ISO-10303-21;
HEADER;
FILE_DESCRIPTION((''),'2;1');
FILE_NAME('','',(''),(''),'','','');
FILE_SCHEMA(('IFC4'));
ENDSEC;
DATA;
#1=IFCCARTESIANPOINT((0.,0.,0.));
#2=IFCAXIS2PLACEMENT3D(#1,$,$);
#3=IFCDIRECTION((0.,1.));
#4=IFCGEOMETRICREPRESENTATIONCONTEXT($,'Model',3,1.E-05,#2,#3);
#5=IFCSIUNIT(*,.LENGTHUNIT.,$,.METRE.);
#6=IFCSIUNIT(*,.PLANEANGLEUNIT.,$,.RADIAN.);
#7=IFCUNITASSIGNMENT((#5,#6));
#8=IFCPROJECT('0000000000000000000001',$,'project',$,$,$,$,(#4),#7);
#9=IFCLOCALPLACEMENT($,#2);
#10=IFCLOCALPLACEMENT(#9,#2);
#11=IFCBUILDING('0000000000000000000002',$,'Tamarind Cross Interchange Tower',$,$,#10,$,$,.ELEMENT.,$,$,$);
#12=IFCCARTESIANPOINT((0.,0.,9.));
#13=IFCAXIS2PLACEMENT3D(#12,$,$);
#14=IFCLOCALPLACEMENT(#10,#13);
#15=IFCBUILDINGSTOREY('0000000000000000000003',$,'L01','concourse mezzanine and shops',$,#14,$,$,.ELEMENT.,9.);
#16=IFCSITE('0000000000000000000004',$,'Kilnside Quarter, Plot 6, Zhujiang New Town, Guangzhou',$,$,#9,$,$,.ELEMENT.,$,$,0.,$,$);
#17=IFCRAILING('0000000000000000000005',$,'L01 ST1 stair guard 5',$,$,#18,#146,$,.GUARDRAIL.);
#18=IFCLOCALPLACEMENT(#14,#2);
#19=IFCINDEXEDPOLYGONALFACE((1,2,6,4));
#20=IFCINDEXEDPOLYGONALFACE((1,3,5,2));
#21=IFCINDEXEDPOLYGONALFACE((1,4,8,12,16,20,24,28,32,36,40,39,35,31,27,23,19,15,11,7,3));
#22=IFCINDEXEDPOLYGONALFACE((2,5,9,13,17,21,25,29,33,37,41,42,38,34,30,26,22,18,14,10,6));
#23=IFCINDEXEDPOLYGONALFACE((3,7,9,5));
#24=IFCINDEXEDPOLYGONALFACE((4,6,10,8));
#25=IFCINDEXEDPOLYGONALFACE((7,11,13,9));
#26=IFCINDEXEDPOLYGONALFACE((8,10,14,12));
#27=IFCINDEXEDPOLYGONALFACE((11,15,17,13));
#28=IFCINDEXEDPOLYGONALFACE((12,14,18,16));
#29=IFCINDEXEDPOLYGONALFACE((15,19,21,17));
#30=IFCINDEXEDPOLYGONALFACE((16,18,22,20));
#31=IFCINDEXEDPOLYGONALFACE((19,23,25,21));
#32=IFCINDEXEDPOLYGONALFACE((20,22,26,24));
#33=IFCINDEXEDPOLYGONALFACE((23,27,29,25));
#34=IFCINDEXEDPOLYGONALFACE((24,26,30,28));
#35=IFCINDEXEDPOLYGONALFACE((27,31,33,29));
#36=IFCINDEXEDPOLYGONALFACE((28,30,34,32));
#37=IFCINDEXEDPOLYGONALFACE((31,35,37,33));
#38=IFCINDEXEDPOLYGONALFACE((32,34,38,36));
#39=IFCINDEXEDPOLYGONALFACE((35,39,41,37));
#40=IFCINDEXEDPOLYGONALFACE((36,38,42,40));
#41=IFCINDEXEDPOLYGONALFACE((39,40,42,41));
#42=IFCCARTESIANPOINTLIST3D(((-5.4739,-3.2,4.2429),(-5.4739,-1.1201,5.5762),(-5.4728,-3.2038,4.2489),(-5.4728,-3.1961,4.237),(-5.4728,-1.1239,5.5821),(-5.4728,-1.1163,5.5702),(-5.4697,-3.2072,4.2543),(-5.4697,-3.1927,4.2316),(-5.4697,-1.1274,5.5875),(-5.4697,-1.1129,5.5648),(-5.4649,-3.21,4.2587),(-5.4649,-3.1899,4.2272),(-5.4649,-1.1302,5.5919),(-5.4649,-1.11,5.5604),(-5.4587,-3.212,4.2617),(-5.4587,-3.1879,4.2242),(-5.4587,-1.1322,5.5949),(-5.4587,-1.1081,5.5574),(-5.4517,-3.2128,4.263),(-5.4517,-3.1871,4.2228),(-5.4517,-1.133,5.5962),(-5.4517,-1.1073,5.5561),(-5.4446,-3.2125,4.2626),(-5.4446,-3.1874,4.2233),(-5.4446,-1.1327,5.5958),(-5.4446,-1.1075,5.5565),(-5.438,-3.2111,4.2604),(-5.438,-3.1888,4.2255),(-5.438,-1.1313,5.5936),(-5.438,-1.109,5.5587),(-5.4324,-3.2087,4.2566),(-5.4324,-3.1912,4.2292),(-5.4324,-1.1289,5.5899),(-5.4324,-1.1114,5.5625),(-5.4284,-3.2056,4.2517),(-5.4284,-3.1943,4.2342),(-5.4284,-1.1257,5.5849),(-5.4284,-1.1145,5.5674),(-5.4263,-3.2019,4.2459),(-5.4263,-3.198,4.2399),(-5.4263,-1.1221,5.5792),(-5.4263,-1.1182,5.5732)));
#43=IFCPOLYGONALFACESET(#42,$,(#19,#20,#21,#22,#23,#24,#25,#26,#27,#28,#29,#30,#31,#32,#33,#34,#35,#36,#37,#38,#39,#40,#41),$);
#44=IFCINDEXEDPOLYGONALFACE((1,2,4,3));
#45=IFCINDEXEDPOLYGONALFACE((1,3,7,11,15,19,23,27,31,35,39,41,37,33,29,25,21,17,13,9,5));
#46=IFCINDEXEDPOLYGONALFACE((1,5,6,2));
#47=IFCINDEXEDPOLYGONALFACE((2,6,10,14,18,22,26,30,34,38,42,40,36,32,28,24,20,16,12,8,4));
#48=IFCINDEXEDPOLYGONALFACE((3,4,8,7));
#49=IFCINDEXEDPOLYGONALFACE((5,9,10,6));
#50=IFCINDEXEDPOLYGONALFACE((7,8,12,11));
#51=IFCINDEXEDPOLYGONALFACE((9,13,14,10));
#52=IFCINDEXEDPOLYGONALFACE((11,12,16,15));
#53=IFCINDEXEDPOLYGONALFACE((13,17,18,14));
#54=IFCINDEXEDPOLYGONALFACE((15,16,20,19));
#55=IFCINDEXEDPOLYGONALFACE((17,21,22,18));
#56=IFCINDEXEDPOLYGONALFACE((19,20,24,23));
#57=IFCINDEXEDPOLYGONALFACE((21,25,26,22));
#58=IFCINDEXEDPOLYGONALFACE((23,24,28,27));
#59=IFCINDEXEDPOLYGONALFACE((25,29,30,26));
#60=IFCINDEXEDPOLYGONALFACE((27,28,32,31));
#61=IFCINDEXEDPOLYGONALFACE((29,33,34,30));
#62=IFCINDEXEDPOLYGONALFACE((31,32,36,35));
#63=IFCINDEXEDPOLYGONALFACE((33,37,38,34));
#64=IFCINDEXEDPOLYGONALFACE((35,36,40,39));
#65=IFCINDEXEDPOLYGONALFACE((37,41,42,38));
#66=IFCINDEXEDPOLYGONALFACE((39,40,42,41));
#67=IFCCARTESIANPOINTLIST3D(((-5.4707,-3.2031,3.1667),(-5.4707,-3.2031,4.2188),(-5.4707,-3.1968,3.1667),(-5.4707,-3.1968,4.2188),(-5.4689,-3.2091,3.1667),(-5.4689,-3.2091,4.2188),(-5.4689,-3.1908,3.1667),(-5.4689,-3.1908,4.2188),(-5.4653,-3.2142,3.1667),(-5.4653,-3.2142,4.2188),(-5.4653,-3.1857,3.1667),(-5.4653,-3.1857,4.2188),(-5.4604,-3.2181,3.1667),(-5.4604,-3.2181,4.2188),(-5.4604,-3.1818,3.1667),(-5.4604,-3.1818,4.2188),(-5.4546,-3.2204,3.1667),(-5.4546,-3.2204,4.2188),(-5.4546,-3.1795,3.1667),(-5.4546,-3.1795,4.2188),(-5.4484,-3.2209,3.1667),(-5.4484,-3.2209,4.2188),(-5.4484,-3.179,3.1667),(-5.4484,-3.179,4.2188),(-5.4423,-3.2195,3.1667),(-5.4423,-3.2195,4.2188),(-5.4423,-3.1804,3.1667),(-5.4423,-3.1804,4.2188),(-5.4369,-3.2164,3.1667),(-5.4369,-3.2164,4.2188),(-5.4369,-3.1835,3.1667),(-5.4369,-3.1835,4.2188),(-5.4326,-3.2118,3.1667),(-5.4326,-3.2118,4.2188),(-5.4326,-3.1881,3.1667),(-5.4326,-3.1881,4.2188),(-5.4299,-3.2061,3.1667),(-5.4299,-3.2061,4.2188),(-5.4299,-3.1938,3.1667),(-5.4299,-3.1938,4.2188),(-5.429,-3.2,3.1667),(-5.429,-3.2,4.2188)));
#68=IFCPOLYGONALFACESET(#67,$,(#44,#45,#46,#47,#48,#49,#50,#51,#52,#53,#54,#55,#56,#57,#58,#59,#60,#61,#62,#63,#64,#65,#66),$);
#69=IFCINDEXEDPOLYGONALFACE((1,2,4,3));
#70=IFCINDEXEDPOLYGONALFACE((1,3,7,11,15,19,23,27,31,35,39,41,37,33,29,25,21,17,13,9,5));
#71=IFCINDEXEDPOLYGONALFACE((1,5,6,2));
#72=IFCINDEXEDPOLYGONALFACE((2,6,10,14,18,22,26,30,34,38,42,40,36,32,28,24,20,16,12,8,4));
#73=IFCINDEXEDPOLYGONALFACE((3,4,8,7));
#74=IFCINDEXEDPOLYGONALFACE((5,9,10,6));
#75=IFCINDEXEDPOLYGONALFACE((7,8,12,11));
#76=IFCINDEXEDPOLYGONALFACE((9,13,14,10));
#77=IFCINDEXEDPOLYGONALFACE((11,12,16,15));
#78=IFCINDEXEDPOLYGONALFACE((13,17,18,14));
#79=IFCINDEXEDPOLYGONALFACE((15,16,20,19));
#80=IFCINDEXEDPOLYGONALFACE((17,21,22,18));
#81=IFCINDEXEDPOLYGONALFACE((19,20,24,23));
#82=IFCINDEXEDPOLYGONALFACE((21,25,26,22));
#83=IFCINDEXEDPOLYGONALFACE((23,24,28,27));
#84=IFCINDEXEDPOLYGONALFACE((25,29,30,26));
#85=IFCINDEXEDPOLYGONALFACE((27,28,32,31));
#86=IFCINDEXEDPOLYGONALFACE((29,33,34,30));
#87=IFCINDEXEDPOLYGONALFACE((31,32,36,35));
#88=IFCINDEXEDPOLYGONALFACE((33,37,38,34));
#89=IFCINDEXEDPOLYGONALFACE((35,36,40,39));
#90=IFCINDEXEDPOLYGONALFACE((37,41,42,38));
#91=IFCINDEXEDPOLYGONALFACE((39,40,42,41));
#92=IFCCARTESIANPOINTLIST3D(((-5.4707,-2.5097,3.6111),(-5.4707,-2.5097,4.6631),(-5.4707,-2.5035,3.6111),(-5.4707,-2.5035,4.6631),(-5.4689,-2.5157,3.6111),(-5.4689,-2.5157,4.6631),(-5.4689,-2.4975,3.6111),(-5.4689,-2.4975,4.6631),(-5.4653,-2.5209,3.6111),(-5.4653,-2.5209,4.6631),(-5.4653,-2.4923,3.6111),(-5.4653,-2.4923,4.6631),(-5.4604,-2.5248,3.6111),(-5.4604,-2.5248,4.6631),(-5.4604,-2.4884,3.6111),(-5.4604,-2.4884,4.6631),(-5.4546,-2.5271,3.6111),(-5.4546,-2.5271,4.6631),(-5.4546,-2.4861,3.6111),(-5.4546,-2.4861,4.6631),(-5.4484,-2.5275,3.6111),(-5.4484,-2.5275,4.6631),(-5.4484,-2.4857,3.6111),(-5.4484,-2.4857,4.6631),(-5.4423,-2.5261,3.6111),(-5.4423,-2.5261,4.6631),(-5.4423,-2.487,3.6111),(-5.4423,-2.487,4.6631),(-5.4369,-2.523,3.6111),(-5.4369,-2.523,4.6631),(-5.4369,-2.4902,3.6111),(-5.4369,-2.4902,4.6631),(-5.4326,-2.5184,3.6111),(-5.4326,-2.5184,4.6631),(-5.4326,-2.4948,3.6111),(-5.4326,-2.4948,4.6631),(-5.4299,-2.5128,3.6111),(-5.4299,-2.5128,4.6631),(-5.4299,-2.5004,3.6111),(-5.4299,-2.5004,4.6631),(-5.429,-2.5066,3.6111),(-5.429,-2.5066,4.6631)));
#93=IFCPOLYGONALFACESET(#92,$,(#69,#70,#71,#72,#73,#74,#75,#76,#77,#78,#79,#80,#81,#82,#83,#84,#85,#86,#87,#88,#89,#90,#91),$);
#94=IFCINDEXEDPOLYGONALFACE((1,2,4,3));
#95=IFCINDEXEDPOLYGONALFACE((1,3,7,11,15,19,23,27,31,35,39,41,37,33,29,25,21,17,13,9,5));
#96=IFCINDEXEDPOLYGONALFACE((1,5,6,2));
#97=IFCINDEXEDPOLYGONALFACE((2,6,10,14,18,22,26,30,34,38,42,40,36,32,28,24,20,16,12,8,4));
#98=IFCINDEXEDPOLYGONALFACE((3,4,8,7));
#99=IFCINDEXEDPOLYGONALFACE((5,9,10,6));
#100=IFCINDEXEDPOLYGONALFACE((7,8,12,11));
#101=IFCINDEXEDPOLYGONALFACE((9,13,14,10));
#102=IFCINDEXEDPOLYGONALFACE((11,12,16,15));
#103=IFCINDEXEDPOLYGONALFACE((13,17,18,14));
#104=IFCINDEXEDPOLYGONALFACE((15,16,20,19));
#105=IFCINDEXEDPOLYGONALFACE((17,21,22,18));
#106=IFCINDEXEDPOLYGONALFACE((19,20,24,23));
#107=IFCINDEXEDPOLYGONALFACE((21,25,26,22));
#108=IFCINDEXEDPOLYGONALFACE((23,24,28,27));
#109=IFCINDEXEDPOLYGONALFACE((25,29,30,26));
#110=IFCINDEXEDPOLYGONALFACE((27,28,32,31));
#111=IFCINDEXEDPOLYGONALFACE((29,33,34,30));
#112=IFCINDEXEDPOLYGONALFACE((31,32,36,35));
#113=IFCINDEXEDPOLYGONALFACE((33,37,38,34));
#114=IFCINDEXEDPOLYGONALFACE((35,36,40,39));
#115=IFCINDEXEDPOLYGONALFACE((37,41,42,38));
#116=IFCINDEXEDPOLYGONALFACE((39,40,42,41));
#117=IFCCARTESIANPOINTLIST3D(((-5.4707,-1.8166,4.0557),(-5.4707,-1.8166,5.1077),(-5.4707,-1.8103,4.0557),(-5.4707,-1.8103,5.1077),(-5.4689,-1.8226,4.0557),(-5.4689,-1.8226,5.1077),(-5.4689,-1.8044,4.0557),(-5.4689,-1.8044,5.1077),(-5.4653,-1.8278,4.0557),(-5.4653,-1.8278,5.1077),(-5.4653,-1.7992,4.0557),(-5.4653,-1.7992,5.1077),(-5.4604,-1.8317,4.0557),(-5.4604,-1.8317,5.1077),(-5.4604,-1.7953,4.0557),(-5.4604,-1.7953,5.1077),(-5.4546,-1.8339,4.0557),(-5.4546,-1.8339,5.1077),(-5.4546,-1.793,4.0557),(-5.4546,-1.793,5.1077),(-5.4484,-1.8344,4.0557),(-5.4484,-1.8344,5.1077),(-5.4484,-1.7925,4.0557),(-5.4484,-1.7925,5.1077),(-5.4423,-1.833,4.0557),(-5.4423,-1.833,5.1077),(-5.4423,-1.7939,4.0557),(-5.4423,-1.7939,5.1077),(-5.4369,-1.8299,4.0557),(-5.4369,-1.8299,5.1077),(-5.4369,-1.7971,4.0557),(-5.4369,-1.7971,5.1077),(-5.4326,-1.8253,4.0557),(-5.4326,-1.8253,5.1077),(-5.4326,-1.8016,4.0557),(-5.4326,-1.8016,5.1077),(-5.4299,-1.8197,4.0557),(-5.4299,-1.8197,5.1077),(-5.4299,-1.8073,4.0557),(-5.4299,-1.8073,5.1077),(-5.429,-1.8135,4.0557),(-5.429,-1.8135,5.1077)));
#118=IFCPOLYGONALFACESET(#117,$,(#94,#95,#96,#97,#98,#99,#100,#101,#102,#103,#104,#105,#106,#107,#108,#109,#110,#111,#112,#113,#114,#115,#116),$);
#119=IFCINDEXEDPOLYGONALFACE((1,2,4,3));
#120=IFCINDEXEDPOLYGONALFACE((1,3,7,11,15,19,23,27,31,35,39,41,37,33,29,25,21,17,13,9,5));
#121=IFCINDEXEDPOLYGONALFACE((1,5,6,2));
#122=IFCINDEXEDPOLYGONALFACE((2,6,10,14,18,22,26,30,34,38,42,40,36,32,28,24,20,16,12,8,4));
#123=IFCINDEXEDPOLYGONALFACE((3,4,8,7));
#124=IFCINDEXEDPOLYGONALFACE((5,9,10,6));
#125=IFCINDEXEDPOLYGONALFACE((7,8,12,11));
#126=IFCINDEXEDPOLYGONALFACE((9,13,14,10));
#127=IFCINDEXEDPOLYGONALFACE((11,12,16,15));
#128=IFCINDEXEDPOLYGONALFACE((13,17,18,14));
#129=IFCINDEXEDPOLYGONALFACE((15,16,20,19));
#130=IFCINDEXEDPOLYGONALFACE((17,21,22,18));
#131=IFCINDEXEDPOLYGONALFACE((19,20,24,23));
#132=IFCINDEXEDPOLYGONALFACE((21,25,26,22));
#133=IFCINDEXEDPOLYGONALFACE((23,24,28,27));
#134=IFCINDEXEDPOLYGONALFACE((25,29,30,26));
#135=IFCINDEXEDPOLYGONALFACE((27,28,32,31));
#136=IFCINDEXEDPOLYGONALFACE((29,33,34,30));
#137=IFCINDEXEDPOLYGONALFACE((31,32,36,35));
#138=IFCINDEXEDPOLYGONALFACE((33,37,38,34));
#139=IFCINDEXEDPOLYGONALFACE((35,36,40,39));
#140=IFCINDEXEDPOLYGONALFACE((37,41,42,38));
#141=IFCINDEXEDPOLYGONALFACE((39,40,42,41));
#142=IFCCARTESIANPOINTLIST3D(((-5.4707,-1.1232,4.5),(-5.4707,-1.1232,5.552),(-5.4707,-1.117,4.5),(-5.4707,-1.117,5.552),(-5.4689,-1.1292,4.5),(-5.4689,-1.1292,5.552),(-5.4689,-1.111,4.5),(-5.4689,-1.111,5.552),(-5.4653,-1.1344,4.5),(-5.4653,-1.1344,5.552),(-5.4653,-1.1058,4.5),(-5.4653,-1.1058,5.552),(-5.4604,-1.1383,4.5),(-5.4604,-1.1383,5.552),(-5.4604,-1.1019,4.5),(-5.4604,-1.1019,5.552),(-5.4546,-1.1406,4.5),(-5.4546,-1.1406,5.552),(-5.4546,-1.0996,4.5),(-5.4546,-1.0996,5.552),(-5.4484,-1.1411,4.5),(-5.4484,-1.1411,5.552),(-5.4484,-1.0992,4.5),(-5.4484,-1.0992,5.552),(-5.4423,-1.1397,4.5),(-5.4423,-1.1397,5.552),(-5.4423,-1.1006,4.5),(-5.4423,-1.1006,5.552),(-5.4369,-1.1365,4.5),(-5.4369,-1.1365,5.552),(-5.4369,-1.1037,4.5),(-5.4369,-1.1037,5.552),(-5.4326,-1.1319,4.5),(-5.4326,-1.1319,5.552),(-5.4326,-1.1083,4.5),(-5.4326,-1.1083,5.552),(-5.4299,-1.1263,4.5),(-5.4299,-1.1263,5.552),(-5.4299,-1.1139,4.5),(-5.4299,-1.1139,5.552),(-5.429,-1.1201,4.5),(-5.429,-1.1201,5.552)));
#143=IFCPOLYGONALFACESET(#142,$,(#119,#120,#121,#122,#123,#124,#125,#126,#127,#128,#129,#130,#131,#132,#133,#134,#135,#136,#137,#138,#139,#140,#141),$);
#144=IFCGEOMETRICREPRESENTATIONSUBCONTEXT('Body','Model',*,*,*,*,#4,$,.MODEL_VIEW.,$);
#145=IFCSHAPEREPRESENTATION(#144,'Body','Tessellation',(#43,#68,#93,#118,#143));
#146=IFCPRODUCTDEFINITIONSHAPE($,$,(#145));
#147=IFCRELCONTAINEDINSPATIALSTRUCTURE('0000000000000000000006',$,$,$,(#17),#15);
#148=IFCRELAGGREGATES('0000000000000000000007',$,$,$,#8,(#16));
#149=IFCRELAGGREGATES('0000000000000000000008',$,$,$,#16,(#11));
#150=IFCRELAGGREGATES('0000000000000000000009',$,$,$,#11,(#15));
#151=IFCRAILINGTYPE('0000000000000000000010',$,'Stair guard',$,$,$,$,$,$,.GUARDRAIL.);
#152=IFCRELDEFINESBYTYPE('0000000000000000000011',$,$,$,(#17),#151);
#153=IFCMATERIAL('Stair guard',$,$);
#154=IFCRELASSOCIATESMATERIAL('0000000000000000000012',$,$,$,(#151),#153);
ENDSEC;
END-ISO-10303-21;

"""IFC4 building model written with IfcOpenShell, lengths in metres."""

from ifc_helpers import new_model, si_unit, direction, frame, origin, origin_2d, place, context, subcontext, project, spatial, circle, extrude, material, type_object, element, save


model = new_model("IFC4")

# Units and contexts
model_context = context("Model", 3, precision=1e-05, world=origin(), true_north=direction((0.0, 1.0)))
body_context = subcontext(model_context, "Body", "Model", "MODEL_VIEW")
ifc_project = project(units=[si_unit("LENGTHUNIT", "METRE"), si_unit("PLANEANGLEUNIT", "RADIAN")], contexts=[model_context])

# Site, building, storey
site_placement = place(None, origin())
site = spatial("IfcSite", under=ifc_project, at=site_placement, Name="Kilnside Quarter, Plot 6, Zhujiang New Town, Guangzhou", CompositionType="ELEMENT", RefElevation=0.0)
building_placement = place(site_placement, origin())
building = spatial("IfcBuilding", under=site, at=building_placement, Name="Tamarind Cross Interchange Tower", CompositionType="ELEMENT")
storey_placement = place(building_placement, frame((0.0, 0.0, 9.0)))
storey = spatial("IfcBuildingStorey", under=building, at=storey_placement, Name="L01", Description="concourse mezzanine and shops", CompositionType="ELEMENT", Elevation=9.0)

# Railing
ifc_material_1 = material(Name="Stair guard")
railing_type_1 = type_object("IfcRailingType", Name="Stair guard", PredefinedType="GUARDRAIL", material=ifc_material_1)
railing_1_placement = place(storey_placement, frame((-5.45, -3.2, 3.1667)))
element("IfcRailing", 1, at=railing_1_placement, inside=storey, type_object=railing_type_1, Name="L01 ST1 stair guard 5", PredefinedType="GUARDRAIL", context=body_context, shape_type="SweptSolid", body=[
    extrude(circle(Radius=0.0239, at=origin_2d()), frame((0.0, 0.0, 1.0762), z_axis=(0.0, 0.841875, 0.539673), x_axis=(-1.0, 0.0, 0.0)), (0.0, 0.0, 1.0), 2.4705),
    extrude(circle(Radius=0.021, at=origin_2d()), origin(), (0.0, 0.0, 1.0), 1.052),
    extrude(circle(Radius=0.021, at=origin_2d()), frame((0.0, 0.6934, 0.4443)), (0.0, 0.0, 1.0), 1.052),
    extrude(circle(Radius=0.021, at=origin_2d()), frame((0.0, 1.3865, 0.8889)), (0.0, 0.0, 1.0), 1.052),
    extrude(circle(Radius=0.021, at=origin_2d()), frame((0.0, 2.0798, 1.3333)), (0.0, 0.0, 1.0), 1.052),
])

save(model, "model.ifc")
